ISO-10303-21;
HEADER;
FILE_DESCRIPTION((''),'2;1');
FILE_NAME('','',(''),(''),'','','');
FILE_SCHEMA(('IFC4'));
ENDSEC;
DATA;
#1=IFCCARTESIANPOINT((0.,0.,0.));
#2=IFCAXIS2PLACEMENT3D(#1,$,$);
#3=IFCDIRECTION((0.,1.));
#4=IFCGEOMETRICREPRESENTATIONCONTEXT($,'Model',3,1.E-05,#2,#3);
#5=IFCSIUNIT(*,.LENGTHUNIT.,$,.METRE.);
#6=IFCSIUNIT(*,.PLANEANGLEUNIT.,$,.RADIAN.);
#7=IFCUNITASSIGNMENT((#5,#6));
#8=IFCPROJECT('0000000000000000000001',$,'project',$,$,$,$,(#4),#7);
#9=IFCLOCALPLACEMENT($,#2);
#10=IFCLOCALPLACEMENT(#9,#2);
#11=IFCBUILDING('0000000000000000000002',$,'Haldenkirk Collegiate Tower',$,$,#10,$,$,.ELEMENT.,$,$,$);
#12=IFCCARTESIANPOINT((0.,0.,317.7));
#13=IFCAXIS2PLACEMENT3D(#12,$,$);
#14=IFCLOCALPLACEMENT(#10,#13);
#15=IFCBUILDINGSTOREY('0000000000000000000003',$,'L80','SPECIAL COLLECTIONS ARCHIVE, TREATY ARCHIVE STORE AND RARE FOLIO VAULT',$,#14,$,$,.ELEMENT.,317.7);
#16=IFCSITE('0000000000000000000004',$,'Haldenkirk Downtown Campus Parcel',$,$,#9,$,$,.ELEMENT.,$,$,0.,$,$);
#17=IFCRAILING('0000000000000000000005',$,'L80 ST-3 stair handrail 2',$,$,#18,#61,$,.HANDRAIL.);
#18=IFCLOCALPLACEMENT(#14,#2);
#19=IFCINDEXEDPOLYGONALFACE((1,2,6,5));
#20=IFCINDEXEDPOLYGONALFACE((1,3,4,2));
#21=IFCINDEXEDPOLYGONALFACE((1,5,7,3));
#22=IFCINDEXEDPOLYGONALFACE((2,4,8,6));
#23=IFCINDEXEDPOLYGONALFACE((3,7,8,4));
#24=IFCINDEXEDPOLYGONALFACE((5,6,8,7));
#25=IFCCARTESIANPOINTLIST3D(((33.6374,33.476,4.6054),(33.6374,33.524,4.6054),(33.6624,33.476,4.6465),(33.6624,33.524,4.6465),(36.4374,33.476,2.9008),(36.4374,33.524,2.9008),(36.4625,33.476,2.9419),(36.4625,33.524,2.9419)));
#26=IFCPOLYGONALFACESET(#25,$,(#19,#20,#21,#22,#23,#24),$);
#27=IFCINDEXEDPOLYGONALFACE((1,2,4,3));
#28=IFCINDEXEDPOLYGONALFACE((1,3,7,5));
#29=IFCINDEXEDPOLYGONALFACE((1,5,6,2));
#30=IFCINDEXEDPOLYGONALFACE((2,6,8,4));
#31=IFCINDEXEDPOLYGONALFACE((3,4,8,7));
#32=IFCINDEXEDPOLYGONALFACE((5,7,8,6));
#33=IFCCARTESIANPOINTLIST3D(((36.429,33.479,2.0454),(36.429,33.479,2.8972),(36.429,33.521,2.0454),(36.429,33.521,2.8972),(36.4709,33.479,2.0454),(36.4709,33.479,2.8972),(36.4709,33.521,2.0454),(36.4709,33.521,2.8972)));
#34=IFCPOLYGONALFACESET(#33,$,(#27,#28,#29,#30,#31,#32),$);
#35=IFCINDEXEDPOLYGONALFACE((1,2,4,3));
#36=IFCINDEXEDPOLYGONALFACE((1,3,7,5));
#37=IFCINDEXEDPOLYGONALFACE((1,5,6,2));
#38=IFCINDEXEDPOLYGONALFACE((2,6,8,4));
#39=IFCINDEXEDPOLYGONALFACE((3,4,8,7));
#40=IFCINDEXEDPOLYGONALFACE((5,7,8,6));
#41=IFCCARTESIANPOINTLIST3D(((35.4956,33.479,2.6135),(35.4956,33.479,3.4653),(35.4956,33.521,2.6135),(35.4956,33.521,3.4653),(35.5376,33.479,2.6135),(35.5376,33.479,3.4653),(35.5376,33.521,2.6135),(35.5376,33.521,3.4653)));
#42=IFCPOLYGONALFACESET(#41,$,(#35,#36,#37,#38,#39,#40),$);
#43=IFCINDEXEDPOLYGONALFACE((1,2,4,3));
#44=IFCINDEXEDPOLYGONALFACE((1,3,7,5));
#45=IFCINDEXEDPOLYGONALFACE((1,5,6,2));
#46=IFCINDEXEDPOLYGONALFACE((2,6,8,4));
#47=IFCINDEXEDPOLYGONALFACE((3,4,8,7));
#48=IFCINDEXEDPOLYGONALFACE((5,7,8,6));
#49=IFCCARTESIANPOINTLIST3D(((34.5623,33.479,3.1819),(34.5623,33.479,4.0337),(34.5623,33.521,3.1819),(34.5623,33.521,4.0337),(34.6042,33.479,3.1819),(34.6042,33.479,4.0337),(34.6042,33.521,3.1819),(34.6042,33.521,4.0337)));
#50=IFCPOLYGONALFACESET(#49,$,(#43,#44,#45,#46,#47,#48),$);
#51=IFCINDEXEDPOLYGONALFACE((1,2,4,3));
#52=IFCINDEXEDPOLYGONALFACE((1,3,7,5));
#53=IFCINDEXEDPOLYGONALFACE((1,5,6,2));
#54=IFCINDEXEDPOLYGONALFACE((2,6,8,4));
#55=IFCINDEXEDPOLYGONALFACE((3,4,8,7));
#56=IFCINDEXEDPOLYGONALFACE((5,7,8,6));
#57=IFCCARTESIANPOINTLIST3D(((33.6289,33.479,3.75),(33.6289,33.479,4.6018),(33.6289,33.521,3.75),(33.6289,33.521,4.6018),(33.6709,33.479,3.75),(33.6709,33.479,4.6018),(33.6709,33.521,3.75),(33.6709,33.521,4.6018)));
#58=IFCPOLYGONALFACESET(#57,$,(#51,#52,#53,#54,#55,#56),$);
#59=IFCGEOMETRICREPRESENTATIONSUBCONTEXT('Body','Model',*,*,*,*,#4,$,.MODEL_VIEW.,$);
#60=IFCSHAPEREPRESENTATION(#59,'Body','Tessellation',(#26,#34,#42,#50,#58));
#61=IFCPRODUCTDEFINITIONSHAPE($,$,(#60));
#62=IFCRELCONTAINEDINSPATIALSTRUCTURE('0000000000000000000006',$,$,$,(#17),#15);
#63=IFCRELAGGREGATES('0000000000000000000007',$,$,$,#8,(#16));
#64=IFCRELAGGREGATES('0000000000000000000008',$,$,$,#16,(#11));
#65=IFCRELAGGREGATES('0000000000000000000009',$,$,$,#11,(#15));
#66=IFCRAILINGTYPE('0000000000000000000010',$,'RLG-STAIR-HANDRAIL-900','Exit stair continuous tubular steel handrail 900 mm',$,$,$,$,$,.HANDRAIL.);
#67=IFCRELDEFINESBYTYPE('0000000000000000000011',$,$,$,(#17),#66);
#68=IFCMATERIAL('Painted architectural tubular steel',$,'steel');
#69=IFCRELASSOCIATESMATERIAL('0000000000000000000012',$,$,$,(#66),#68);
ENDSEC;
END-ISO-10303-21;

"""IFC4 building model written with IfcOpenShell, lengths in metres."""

from ifc_helpers import new_model, si_unit, direction, frame, origin, origin_2d, place, context, subcontext, project, spatial, rectangle, extrude, material, type_object, element, save


model = new_model("IFC4")

# Units and contexts
model_context = context("Model", 3, precision=1e-05, world=origin(), true_north=direction((0.0, 1.0)))
body_context = subcontext(model_context, "Body", "Model", "MODEL_VIEW")
ifc_project = project(units=[si_unit("LENGTHUNIT", "METRE"), si_unit("PLANEANGLEUNIT", "RADIAN")], contexts=[model_context])

# Site, building, storey
site_placement = place(None, origin())
site = spatial("IfcSite", under=ifc_project, at=site_placement, Name="Haldenkirk Downtown Campus Parcel", CompositionType="ELEMENT", RefElevation=0.0)
building_placement = place(site_placement, origin())
building = spatial("IfcBuilding", under=site, at=building_placement, Name="Haldenkirk Collegiate Tower", CompositionType="ELEMENT")
storey_placement = place(building_placement, frame((0.0, 0.0, 317.7)))
storey = spatial("IfcBuildingStorey", under=building, at=storey_placement, Name="L80", Description="SPECIAL COLLECTIONS ARCHIVE, TREATY ARCHIVE STORE AND RARE FOLIO VAULT", CompositionType="ELEMENT", Elevation=317.7)

# Railing
ifc_material_1 = material(Name="Painted architectural tubular steel", Category="steel")
railing_type = type_object("IfcRailingType", Name="RLG-STAIR-HANDRAIL-900", Description="Exit stair continuous tubular steel handrail 900 mm", PredefinedType="HANDRAIL", material=ifc_material_1)
railing_placement = place(storey_placement, frame((36.45, 33.5, 2.0454)))
element("IfcRailing", 1, at=railing_placement, inside=storey, type_object=railing_type, Name="L80 ST-3 stair handrail 2", PredefinedType="HANDRAIL", context=body_context, shape_type="SweptSolid", body=[
    extrude(rectangle(XDim=0.0481, YDim=0.0481, at=origin_2d()), frame((0.0, 0.0, 0.876), z_axis=(-0.85417, 0.0, 0.519994), x_axis=(0.0, -1.0, 0.0)), (0.0, 0.0, 1.0), 3.2781),
    extrude(rectangle(XDim=0.042, YDim=0.042, at=origin_2d()), origin(), (0.0, 0.0, 1.0), 0.8518),
    extrude(rectangle(XDim=0.042, YDim=0.042, at=origin_2d()), frame((-0.9333, 0.0, 0.5681)), (0.0, 0.0, 1.0), 0.8518),
    extrude(rectangle(XDim=0.042, YDim=0.042, at=origin_2d()), frame((-1.8667, 0.0, 1.1365)), (0.0, 0.0, 1.0), 0.8518),
    extrude(rectangle(XDim=0.042, YDim=0.042, at=origin_2d()), frame((-2.8, 0.0, 1.7046)), (0.0, 0.0, 1.0), 0.8518),
])

save(model, "model.ifc")
